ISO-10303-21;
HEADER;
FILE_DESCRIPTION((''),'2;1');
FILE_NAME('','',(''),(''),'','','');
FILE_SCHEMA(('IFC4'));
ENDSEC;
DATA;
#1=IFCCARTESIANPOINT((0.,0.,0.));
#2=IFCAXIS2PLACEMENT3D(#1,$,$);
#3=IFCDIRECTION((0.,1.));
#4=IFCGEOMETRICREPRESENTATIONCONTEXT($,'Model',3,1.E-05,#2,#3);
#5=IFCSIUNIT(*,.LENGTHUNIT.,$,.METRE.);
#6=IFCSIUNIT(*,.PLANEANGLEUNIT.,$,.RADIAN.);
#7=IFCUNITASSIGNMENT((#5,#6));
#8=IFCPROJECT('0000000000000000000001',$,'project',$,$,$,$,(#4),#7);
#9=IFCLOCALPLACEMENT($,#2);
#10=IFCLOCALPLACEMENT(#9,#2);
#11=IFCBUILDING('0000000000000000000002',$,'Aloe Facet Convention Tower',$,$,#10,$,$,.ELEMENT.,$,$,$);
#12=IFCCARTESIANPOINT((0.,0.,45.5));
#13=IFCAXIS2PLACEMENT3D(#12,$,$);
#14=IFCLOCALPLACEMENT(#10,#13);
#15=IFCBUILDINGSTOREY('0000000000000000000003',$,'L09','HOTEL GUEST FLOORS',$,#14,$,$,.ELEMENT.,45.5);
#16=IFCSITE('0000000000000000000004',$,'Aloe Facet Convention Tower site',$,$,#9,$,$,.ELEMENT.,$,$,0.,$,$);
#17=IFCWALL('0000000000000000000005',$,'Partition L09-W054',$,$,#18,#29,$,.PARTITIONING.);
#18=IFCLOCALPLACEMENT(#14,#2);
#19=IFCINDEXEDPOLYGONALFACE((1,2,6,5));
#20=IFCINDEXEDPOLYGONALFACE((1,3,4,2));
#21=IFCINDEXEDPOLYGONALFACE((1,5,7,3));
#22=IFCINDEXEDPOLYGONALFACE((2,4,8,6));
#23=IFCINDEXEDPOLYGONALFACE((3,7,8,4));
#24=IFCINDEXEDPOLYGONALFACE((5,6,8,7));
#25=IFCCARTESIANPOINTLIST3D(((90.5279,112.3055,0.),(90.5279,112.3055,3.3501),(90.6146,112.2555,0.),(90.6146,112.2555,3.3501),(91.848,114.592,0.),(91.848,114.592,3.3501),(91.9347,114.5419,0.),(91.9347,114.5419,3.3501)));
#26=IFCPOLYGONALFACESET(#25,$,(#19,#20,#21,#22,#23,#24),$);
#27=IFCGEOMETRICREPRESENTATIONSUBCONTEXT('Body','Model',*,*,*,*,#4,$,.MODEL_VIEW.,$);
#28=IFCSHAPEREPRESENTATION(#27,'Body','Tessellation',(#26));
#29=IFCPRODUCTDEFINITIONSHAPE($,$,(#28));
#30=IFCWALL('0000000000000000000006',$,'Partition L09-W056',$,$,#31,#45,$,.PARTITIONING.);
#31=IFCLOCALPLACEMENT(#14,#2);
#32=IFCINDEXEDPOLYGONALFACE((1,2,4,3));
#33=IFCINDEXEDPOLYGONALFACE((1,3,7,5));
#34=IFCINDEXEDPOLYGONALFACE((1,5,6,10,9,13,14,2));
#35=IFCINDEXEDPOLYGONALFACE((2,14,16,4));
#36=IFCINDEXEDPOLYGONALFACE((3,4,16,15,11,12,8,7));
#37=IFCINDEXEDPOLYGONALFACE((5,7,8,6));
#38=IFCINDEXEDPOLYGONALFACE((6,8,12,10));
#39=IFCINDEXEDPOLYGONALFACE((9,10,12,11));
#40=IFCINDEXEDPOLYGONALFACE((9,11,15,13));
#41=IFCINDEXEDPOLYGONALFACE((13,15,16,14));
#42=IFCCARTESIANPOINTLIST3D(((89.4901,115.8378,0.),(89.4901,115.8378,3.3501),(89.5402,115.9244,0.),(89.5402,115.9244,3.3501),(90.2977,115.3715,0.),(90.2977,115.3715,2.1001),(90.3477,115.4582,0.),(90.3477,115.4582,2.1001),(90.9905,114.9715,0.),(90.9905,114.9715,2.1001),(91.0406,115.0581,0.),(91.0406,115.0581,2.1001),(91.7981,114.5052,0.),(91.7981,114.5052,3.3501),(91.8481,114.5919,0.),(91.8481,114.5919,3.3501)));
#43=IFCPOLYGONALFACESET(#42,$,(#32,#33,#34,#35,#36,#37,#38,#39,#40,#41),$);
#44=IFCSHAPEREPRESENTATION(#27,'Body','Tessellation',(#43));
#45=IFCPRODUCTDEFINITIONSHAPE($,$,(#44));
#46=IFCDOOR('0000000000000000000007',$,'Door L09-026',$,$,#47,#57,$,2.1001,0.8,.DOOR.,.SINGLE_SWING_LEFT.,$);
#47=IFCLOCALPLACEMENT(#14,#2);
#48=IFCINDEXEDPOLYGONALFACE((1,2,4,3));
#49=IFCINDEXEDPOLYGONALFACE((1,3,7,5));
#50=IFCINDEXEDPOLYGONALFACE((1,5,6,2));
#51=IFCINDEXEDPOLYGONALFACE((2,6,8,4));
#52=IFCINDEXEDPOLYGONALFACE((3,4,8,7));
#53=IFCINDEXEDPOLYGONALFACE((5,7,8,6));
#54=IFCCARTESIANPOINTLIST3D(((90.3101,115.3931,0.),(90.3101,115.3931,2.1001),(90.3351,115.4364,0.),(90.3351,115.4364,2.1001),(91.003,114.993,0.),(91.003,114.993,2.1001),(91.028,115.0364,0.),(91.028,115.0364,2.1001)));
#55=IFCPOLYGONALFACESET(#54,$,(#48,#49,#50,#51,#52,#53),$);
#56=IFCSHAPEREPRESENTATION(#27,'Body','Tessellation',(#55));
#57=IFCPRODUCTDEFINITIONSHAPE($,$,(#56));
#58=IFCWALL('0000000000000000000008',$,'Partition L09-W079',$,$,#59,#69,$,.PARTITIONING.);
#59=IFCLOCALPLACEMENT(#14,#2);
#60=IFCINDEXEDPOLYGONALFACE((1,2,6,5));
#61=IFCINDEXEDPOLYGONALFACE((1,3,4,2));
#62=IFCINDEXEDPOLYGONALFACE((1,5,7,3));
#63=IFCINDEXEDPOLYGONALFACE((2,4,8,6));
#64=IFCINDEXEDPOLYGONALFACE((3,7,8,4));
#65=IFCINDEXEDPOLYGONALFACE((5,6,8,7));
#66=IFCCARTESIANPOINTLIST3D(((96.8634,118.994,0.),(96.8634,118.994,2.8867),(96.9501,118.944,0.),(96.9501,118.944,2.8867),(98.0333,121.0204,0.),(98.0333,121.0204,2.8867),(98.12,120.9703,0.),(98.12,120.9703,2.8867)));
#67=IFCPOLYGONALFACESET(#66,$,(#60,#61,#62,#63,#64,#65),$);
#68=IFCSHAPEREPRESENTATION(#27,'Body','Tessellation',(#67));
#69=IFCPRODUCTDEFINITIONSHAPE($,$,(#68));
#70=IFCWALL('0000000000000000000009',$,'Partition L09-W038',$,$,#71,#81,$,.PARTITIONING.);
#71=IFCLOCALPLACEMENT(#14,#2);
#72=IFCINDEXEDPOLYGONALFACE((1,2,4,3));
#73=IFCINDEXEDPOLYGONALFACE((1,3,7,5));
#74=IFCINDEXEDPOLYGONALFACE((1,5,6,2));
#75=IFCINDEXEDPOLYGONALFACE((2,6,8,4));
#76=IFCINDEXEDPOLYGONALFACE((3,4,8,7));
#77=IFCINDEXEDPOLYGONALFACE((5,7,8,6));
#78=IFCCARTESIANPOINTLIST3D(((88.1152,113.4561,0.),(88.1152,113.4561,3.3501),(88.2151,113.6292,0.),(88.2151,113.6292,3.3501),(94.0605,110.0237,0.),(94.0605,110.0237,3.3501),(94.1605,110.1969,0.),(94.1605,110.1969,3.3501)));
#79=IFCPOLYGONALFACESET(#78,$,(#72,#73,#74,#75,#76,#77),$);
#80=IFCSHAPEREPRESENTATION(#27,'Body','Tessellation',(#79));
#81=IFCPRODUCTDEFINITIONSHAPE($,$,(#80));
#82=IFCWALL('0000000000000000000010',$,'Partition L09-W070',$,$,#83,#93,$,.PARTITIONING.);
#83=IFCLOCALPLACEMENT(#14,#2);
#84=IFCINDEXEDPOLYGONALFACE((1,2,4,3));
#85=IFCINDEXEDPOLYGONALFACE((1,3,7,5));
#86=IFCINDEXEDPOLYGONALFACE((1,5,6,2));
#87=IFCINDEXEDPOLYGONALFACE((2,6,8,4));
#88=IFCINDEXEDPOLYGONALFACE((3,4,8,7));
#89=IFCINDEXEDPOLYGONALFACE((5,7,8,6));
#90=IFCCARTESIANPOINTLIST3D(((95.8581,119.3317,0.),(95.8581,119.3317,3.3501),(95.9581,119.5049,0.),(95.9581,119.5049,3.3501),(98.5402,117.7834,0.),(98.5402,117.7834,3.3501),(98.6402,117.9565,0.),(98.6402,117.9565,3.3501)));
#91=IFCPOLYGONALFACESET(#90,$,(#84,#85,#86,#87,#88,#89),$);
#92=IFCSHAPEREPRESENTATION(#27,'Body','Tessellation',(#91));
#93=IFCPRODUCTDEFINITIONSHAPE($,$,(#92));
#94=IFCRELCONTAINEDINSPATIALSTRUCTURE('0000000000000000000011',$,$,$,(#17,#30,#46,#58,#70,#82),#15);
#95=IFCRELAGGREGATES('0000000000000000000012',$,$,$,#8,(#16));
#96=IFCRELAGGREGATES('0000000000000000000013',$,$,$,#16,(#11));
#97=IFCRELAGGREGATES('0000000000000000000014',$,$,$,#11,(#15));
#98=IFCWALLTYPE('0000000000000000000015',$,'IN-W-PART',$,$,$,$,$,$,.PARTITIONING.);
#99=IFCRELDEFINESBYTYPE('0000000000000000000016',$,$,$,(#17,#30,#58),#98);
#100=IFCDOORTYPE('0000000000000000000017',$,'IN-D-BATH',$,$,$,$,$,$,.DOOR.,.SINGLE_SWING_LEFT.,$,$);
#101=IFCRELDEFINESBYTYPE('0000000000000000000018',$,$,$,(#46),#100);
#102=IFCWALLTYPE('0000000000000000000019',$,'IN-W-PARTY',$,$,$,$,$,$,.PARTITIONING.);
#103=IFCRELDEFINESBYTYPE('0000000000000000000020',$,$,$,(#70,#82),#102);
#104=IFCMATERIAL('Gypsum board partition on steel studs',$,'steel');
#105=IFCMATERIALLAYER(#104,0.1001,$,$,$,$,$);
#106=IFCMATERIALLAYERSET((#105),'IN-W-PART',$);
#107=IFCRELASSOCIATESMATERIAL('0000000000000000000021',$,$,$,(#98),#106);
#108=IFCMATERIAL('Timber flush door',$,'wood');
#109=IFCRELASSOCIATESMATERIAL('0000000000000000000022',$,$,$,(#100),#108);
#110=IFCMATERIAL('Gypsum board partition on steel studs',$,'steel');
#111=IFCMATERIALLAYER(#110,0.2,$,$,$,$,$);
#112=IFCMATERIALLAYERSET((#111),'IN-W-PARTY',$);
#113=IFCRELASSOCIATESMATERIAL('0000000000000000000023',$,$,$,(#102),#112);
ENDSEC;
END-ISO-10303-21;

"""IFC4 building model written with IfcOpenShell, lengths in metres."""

from ifc_helpers import new_model, si_unit, direction, frame, frame_2d, origin, place, context, subcontext, project, spatial, rectangle, extrude, material, layer, layer_set, type_object, element, fill, save


model = new_model("IFC4")

# Units and contexts
model_context = context("Model", 3, precision=1e-05, world=origin(), true_north=direction((0.0, 1.0)))
body_context = subcontext(model_context, "Body", "Model", "MODEL_VIEW")
ifc_project = project(units=[si_unit("LENGTHUNIT", "METRE"), si_unit("PLANEANGLEUNIT", "RADIAN")], contexts=[model_context])

# Site, building, storey
site_placement = place(None, origin())
site = spatial("IfcSite", under=ifc_project, at=site_placement, Name="Aloe Facet Convention Tower site", CompositionType="ELEMENT", RefElevation=0.0)
building_placement = place(site_placement, origin())
building = spatial("IfcBuilding", under=site, at=building_placement, Name="Aloe Facet Convention Tower", CompositionType="ELEMENT")
storey_placement = place(building_placement, frame((0.0, 0.0, 45.5)))
storey = spatial("IfcBuildingStorey", under=building, at=storey_placement, Name="L09", Description="HOTEL GUEST FLOORS", CompositionType="ELEMENT", Elevation=45.5)

# Wall
ifc_material_1 = material(Name="Gypsum board partition on steel studs", Category="steel")
ifc_layer_1 = layer(ifc_material_1, 0.1001)
ifc_layer_set_1 = layer_set([ifc_layer_1], Name="IN-W-PART")
wall_type_1 = type_object("IfcWallType", Name="IN-W-PART", PredefinedType="PARTITIONING", material=ifc_layer_set_1)
wall_1_placement = place(storey_placement, frame((90.5713, 112.2805, 0.0), z_axis=(0.0, 0.0, 1.0), x_axis=(0.500008, 0.866021, 0.0)))
element("IfcWall", 1, at=wall_1_placement, inside=storey, type_object=wall_type_1, Name="Partition L09-W054", PredefinedType="PARTITIONING", context=body_context, shape_type="SweptSolid", body=[
    extrude(rectangle(XDim=2.6401, YDim=0.1001, at=frame_2d((1.3201, 0.0))), origin(), (0.0, 0.0, 1.0), 3.3501),
])

# Wall, opening, door
wall_2_placement = place(storey_placement, frame((89.5151, 115.8811, 0.0), z_axis=(0.0, 0.0, 1.0), x_axis=(0.866013, -0.500021, 0.0)))
wall_2 = element("IfcWall", 2, at=wall_2_placement, inside=storey, type_object=wall_type_1, Name="Partition L09-W056", PredefinedType="PARTITIONING", context=body_context, shape_type="SweptSolid", body=[
    extrude(rectangle(XDim=2.665, YDim=0.1001, at=frame_2d((1.3325, 0.0))), origin(), (0.0, 0.0, 1.0), 3.3501),
])
opening_1_placement = place(wall_2_placement, frame((0.9326, 0.0, 0.0)))
opening_1 = element("IfcOpeningElement", 3, at=opening_1_placement, cuts=wall_2, PredefinedType="OPENING", context=body_context, shape_type="SweptSolid", body=[
    extrude(rectangle(XDim=0.8, YDim=2.1001, at=frame_2d((0.3999, 1.05))), frame((0.0, 0.0601, 0.0), z_axis=(0.0, -1.0, 0.0), x_axis=(1.0, 0.0, 0.0)), (0.0, 0.0, 1.0), 0.1201),
])
ifc_material_2 = material(Name="Timber flush door", Category="wood")
door_type_1 = type_object("IfcDoorType", Name="IN-D-BATH", OperationType="SINGLE_SWING_LEFT", PredefinedType="DOOR", material=ifc_material_2)
door_1_placement = place(opening_1_placement, origin())
door_1 = element("IfcDoor", 4, at=door_1_placement, inside=storey, type_object=door_type_1, Name="Door L09-026", OperationType="SINGLE_SWING_LEFT", OverallHeight=2.1001, OverallWidth=0.8, PredefinedType="DOOR", context=body_context, shape_type="SweptSolid", body=[
    extrude(rectangle(XDim=0.8, YDim=2.1001, at=frame_2d((0.3999, 1.05))), frame((0.0, 0.0249, 0.0), z_axis=(0.0, -1.0, 0.0), x_axis=(1.0, 0.0, 0.0)), (0.0, 0.0, 1.0), 0.05),
])
fill(opening_1, door_1)

# Walls
wall_3_placement = place(storey_placement, frame((96.9067, 118.969, 0.0), z_axis=(0.0, 0.0, 1.0), x_axis=(0.499999, 0.866026, 0.0)))
element("IfcWall", 5, at=wall_3_placement, inside=storey, type_object=wall_type_1, Name="Partition L09-W079", PredefinedType="PARTITIONING", context=body_context, shape_type="SweptSolid", body=[
    extrude(rectangle(XDim=2.3398, YDim=0.1001, at=frame_2d((1.1699, 0.0))), origin(), (0.0, 0.0, 1.0), 2.8867),
])
ifc_material_3 = material(Name="Gypsum board partition on steel studs", Category="steel")
ifc_layer_2 = layer(ifc_material_3, 0.2)
ifc_layer_set_2 = layer_set([ifc_layer_2], Name="IN-W-PARTY")
wall_type_2 = type_object("IfcWallType", Name="IN-W-PARTY", PredefinedType="PARTITIONING", material=ifc_layer_set_2)
wall_4_placement = place(storey_placement, frame((88.165, 113.5427, 0.0), z_axis=(0.0, 0.0, 1.0), x_axis=(0.866035, -0.499983, 0.0)))
element("IfcWall", 6, at=wall_4_placement, inside=storey, type_object=wall_type_2, Name="Partition L09-W038", PredefinedType="PARTITIONING", context=body_context, shape_type="SweptSolid", body=[
    extrude(rectangle(XDim=6.865, YDim=0.2, at=frame_2d((3.4326, 0.0))), origin(), (0.0, 0.0, 1.0), 3.3501),
])
wall_5_placement = place(storey_placement, frame((95.9082, 119.4182, 0.0), z_axis=(0.0, 0.0, 1.0), x_axis=(0.866052, -0.499954, 0.0)))
element("IfcWall", 7, at=wall_5_placement, inside=storey, type_object=wall_type_2, Name="Partition L09-W070", PredefinedType="PARTITIONING", context=body_context, shape_type="SweptSolid", body=[
    extrude(rectangle(XDim=3.0969, YDim=0.2, at=frame_2d((1.5483, 0.0))), origin(), (0.0, 0.0, 1.0), 3.3501),
])

save(model, "model.ifc")
